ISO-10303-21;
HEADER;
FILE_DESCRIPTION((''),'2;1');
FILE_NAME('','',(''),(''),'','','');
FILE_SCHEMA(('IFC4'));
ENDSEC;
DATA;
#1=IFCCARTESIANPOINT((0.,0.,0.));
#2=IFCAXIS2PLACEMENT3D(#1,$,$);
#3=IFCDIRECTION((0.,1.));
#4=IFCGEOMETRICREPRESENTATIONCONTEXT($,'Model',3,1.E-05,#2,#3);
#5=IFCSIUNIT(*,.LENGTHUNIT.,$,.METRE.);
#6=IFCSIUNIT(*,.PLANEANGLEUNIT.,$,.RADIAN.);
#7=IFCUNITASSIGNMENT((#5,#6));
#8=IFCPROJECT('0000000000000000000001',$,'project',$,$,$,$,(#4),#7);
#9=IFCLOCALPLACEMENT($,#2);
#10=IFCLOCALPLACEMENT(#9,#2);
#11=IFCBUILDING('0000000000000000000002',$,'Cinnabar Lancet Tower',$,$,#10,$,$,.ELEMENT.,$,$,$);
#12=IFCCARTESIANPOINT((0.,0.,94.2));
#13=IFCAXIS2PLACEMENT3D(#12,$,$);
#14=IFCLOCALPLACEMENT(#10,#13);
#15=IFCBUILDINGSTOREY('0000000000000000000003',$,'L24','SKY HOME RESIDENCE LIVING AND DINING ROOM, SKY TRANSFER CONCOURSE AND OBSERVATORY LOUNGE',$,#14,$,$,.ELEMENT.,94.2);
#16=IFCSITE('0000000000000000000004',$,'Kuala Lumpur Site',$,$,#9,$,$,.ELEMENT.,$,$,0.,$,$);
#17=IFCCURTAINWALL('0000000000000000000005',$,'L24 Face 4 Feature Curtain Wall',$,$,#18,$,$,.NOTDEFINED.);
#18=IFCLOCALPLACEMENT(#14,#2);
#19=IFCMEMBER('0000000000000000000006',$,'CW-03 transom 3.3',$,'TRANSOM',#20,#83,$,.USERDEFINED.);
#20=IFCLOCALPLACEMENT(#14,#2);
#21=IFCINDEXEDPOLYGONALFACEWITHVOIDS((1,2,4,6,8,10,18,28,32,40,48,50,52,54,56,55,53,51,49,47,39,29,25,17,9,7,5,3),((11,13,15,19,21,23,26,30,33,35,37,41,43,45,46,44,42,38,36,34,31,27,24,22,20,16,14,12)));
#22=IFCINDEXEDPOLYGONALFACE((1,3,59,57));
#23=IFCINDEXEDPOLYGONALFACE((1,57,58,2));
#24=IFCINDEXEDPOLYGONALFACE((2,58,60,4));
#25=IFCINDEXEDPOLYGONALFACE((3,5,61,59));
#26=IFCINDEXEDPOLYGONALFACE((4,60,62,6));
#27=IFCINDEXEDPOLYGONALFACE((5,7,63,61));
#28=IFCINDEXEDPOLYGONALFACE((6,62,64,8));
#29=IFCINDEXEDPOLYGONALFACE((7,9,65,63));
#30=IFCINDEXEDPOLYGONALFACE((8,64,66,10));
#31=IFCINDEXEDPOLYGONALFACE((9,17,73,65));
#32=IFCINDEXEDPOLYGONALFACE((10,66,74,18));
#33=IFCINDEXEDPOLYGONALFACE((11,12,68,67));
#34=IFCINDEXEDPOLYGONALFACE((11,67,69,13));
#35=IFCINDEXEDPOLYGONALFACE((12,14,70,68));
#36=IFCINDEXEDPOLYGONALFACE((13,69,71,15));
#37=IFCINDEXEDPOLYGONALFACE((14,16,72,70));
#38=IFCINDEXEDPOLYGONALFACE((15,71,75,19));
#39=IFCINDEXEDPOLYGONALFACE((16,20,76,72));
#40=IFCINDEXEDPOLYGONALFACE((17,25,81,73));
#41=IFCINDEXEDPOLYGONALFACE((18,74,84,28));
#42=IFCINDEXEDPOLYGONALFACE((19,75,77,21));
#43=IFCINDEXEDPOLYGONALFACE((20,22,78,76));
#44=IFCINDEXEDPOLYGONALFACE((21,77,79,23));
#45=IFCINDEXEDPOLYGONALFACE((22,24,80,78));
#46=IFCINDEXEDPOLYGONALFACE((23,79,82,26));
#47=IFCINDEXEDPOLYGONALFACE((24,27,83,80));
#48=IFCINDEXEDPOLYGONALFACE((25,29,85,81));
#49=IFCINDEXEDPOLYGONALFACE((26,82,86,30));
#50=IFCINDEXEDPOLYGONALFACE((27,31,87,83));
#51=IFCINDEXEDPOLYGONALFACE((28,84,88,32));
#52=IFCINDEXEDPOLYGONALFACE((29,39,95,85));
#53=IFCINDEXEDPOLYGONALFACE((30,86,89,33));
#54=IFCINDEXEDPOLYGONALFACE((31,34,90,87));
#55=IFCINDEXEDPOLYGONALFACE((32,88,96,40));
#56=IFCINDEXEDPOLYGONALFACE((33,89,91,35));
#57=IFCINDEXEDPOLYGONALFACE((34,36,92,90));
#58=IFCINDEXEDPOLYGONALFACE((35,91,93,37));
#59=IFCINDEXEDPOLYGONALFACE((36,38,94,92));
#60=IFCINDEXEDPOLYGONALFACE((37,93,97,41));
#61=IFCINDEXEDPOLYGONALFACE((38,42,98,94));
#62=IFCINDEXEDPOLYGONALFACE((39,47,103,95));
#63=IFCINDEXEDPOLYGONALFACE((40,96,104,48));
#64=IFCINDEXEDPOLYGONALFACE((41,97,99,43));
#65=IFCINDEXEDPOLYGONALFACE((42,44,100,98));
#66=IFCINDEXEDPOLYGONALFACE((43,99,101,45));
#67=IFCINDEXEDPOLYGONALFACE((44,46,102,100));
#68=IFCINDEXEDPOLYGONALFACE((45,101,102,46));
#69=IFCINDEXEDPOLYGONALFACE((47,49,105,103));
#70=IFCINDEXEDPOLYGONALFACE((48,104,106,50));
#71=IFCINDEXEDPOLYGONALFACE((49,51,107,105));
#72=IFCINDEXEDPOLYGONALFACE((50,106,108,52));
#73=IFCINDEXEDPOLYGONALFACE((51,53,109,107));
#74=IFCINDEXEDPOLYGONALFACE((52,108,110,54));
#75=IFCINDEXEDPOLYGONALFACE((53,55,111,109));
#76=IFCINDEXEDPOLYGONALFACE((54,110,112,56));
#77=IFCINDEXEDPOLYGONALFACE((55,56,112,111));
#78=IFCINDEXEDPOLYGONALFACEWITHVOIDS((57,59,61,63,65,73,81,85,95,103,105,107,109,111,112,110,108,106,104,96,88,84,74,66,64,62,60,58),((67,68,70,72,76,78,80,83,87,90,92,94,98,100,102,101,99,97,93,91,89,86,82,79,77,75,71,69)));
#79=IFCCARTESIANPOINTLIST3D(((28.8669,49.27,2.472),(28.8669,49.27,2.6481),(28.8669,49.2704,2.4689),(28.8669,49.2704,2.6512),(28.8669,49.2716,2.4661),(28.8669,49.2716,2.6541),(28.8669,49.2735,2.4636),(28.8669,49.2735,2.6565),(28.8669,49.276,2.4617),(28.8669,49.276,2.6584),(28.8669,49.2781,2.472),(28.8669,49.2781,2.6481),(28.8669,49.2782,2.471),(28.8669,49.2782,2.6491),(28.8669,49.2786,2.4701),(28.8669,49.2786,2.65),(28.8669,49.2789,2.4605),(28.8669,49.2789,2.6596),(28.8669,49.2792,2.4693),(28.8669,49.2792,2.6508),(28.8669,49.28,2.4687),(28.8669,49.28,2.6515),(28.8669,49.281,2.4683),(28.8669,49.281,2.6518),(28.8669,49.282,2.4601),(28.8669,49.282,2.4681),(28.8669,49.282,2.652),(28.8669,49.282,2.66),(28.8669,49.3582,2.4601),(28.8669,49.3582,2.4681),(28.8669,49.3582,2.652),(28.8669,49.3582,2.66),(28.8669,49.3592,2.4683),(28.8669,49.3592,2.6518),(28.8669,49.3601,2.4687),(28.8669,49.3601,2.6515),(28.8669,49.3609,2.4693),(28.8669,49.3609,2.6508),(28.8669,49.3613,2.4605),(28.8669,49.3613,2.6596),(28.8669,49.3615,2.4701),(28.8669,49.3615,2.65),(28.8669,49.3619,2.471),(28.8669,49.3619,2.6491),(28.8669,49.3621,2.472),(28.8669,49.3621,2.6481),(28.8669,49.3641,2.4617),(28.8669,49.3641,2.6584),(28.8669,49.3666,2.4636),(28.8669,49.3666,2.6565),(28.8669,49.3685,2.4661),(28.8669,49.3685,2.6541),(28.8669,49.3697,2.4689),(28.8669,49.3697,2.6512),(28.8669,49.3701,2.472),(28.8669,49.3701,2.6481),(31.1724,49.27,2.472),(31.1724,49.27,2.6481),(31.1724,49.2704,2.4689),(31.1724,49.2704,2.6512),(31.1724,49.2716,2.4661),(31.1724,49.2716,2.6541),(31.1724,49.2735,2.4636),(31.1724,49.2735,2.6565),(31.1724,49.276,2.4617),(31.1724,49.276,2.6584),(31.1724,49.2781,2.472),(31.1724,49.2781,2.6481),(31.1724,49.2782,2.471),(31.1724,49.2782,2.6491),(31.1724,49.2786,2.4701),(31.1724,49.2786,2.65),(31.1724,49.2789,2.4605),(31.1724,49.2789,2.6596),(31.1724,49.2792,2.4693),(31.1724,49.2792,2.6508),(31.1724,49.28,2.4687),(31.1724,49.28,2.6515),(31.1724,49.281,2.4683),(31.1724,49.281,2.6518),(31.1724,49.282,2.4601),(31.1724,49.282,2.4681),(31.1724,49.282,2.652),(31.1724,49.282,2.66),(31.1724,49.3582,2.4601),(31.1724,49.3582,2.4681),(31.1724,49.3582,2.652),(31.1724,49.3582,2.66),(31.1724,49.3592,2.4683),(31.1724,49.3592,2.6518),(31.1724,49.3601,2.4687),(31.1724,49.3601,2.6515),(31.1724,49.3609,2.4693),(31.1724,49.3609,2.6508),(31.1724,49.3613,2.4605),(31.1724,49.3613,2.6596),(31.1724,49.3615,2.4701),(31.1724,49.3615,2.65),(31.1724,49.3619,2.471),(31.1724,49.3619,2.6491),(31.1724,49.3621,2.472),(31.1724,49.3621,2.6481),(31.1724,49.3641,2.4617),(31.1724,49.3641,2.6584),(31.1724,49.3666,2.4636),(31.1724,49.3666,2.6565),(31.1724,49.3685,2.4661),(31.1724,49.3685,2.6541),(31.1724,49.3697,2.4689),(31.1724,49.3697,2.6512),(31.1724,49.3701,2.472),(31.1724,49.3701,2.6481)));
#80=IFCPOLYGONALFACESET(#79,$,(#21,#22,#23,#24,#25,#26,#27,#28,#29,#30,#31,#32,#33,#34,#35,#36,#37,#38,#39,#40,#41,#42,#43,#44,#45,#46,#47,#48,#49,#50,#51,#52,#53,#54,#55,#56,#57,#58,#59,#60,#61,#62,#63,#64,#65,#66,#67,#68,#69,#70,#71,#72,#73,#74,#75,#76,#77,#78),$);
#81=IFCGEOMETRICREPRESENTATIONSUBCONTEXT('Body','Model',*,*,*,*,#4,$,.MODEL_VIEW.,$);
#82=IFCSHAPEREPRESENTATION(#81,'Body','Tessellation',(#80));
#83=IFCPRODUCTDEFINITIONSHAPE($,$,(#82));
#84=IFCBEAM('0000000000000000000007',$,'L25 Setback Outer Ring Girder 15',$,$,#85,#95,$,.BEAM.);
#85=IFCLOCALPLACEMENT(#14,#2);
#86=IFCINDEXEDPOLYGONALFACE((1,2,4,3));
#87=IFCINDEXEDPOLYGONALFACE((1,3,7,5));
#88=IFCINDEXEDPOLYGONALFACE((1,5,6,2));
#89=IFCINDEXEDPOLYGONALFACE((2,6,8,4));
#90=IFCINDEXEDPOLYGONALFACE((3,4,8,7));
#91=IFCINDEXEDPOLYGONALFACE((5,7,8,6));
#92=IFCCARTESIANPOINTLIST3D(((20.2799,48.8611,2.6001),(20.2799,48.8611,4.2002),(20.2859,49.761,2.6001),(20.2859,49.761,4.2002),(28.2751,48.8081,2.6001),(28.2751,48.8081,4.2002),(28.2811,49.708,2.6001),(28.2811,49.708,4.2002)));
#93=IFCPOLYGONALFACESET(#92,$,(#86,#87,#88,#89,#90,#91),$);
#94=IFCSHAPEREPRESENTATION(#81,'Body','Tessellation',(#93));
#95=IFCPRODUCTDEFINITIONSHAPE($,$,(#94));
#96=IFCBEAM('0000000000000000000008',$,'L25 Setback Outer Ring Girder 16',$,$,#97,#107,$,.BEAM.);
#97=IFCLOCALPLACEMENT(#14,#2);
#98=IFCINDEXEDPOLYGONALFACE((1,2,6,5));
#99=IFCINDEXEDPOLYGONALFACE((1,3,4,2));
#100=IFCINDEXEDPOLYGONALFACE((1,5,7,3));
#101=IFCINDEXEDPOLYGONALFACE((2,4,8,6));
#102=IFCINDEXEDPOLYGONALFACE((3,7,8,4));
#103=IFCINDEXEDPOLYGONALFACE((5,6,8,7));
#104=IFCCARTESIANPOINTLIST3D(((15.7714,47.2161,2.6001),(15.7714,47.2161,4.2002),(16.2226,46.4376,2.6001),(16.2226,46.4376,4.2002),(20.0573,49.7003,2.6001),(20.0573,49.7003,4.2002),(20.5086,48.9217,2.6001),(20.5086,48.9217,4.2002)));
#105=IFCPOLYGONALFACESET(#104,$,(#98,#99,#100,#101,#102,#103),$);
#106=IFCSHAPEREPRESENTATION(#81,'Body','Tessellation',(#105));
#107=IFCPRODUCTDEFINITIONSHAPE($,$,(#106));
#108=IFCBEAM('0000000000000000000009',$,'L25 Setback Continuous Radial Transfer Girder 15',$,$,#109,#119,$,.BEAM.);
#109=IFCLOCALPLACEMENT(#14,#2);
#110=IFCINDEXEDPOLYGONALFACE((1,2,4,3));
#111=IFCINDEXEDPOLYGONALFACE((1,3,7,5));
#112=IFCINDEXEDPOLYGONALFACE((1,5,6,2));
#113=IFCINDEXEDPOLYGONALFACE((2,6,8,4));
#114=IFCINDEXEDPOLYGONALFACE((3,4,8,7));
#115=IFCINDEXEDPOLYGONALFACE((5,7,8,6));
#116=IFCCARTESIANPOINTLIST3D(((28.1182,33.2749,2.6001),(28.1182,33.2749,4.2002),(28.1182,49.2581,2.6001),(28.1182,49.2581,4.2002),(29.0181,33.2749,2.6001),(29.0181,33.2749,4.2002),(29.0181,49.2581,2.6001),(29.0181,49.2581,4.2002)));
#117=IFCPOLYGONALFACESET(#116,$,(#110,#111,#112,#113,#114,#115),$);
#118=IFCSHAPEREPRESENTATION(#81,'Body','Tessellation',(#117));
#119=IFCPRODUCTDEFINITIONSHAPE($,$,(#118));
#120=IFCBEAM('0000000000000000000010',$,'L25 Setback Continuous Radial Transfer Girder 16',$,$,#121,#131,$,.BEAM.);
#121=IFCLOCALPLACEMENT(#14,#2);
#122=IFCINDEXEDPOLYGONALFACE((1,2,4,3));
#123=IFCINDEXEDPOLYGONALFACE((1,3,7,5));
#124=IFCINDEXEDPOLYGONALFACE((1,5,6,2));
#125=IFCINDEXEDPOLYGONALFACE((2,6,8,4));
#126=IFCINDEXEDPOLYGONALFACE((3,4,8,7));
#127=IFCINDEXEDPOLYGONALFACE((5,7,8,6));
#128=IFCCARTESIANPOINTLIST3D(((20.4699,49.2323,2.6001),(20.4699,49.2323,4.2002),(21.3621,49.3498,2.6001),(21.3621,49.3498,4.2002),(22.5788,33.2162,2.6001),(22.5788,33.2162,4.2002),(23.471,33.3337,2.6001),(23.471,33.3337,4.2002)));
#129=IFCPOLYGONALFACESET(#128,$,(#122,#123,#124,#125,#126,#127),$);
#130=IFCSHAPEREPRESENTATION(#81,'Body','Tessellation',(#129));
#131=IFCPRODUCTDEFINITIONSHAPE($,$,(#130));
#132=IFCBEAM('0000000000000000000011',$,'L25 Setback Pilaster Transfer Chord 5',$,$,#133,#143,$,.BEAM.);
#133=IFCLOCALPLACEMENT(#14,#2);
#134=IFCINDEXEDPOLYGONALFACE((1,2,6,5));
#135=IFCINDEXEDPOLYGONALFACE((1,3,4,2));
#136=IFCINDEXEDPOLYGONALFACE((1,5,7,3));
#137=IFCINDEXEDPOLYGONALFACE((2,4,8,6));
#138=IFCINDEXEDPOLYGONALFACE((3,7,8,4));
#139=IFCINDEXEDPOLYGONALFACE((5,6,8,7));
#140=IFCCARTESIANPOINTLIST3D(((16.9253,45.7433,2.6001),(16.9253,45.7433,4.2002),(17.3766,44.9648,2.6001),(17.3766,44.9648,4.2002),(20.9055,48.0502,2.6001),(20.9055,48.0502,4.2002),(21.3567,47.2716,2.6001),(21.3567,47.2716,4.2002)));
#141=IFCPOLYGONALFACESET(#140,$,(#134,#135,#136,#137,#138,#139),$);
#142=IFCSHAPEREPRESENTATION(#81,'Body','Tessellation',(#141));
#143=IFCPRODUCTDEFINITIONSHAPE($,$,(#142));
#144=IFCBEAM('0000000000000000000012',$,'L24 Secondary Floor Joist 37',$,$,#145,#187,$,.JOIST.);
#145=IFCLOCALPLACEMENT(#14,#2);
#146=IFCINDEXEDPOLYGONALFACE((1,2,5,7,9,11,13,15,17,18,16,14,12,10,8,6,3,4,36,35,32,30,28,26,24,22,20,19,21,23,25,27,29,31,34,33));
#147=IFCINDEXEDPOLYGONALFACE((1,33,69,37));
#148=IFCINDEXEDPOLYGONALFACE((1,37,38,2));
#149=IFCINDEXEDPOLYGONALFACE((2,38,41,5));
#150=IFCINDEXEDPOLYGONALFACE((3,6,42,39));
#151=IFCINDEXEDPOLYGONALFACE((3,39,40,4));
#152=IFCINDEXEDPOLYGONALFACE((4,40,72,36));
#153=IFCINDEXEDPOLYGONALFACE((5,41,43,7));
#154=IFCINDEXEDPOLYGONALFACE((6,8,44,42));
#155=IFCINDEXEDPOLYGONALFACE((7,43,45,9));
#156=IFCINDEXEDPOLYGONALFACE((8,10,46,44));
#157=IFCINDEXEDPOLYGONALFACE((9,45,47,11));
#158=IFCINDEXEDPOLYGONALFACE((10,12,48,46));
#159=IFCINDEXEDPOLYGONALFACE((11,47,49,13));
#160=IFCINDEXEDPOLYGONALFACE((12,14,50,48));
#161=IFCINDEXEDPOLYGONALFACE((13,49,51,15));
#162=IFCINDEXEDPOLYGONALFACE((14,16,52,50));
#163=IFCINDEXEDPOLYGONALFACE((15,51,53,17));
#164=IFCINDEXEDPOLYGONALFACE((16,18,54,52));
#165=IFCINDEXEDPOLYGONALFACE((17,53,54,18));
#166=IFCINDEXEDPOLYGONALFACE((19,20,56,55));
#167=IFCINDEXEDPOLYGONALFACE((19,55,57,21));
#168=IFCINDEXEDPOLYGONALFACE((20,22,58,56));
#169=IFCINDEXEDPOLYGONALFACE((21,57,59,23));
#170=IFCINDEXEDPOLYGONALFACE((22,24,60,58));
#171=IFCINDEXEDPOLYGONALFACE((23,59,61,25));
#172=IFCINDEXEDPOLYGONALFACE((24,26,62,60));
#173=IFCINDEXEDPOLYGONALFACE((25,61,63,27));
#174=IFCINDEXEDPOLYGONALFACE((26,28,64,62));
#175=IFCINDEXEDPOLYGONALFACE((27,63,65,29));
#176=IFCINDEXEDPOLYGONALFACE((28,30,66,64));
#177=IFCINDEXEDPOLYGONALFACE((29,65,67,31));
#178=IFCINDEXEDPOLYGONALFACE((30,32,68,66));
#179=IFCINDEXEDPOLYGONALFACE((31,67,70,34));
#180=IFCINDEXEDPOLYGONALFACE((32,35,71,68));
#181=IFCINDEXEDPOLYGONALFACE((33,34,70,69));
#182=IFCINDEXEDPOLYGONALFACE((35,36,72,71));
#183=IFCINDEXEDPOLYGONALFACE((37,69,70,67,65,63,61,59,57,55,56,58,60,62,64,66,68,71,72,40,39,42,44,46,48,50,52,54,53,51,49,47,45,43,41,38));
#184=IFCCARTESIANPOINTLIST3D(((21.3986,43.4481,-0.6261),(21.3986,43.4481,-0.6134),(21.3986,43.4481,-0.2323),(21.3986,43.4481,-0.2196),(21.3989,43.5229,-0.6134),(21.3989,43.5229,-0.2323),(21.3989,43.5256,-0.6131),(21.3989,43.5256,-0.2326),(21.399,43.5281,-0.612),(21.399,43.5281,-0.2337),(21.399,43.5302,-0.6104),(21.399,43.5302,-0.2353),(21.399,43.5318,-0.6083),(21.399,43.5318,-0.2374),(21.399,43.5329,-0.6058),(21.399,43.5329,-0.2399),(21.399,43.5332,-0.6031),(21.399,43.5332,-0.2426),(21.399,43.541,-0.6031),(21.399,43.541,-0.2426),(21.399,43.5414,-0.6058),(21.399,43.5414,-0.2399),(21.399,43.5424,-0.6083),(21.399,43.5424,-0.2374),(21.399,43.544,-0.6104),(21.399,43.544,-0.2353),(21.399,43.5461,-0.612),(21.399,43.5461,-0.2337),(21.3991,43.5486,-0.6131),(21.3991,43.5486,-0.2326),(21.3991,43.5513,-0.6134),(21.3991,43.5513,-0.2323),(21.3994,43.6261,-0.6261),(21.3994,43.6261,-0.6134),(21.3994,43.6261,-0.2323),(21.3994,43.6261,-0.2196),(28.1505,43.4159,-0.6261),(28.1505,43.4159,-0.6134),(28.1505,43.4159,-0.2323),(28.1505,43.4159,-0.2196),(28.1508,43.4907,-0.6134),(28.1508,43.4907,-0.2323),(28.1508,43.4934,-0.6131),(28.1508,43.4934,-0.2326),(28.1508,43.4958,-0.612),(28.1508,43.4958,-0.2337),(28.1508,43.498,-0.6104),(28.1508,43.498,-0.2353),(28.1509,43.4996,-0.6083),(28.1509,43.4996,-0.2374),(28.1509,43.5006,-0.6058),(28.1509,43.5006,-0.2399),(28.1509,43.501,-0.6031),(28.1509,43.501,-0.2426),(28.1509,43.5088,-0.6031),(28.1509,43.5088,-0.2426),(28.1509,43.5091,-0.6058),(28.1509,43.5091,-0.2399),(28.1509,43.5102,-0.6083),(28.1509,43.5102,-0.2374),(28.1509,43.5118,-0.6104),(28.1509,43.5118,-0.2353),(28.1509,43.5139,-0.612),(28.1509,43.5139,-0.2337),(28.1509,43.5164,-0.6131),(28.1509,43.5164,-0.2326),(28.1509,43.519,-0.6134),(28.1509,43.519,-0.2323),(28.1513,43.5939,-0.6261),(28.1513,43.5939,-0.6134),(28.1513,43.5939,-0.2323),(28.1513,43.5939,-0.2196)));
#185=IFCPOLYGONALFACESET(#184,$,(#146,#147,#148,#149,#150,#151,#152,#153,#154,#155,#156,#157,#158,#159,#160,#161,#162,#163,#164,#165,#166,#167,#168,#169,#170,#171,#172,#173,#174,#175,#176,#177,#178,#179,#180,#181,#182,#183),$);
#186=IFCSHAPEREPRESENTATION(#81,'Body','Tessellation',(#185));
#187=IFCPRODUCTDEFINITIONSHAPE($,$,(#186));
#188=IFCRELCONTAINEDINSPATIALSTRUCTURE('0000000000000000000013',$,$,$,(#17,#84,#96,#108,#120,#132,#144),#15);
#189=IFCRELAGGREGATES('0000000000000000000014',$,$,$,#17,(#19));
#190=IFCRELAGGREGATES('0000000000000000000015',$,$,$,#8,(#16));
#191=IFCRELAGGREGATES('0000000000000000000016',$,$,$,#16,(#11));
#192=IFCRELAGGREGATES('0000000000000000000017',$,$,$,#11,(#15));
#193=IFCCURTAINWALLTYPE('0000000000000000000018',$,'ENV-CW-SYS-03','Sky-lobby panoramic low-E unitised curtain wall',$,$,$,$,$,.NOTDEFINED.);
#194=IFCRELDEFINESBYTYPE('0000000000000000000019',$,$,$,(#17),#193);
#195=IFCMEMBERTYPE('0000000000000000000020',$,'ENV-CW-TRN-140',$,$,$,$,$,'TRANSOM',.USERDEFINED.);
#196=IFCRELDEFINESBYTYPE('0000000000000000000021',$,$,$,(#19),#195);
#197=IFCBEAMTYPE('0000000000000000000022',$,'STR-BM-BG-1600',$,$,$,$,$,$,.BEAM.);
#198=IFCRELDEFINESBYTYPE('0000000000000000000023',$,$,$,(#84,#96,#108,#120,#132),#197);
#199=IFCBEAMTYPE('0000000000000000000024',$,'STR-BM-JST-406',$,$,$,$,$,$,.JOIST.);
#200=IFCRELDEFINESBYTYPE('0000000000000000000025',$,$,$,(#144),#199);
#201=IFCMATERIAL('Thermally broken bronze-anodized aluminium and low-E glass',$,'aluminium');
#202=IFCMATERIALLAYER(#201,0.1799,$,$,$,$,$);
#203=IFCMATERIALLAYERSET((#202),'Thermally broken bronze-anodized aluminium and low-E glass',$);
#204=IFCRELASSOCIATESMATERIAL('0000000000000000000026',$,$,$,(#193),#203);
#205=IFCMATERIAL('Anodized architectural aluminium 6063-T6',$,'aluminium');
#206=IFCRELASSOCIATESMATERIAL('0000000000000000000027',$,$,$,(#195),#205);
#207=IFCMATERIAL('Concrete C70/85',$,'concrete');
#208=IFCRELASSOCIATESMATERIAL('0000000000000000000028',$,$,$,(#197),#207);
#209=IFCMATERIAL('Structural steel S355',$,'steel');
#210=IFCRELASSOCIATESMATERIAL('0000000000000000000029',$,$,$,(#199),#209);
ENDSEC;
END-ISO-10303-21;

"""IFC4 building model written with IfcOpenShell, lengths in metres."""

from ifc_helpers import new_model, si_unit, direction, frame, origin, origin_2d, place, context, subcontext, project, spatial, rectangle, hollow_rectangle, i_section, extrude, material, layer, layer_set, material_profile, profile_set, type_object, element, aggregate, save


model = new_model("IFC4")

# Units and contexts
model_context = context("Model", 3, precision=1e-05, world=origin(), true_north=direction((0.0, 1.0)))
body_context = subcontext(model_context, "Body", "Model", "MODEL_VIEW")
ifc_project = project(units=[si_unit("LENGTHUNIT", "METRE"), si_unit("PLANEANGLEUNIT", "RADIAN")], contexts=[model_context])

# Site, building, storey
site_placement = place(None, origin())
site = spatial("IfcSite", under=ifc_project, at=site_placement, Name="Kuala Lumpur Site", CompositionType="ELEMENT", RefElevation=0.0)
building_placement = place(site_placement, origin())
building = spatial("IfcBuilding", under=site, at=building_placement, Name="Cinnabar Lancet Tower", CompositionType="ELEMENT")
storey_placement = place(building_placement, frame((0.0, 0.0, 94.2)))
storey = spatial("IfcBuildingStorey", under=building, at=storey_placement, Name="L24", Description="SKY HOME RESIDENCE LIVING AND DINING ROOM, SKY TRANSFER CONCOURSE AND OBSERVATORY LOUNGE", CompositionType="ELEMENT", Elevation=94.2)

# Curtain wall, member
ifc_material_1 = material(Name="Thermally broken bronze-anodized aluminium and low-E glass", Category="aluminium")
ifc_layer_1 = layer(ifc_material_1, 0.1799)
ifc_layer_set_1 = layer_set([ifc_layer_1], Name="Thermally broken bronze-anodized aluminium and low-E glass")
curtain_wall_type = type_object("IfcCurtainWallType", Name="ENV-CW-SYS-03", Description="Sky-lobby panoramic low-E unitised curtain wall", PredefinedType="NOTDEFINED", material=ifc_layer_set_1)
curtain_wall_placement = place(storey_placement, origin())
curtain_wall = element("IfcCurtainWall", 1, at=curtain_wall_placement, inside=storey, type_object=curtain_wall_type, Name="L24 Face 4 Feature Curtain Wall", PredefinedType="NOTDEFINED")
ifc_material_2 = material(Name="Anodized architectural aluminium 6063-T6", Category="aluminium")
ifc_material_profile_1 = material_profile(ifc_material_2, hollow_rectangle(XDim=0.1001, YDim=0.2, WallThickness=0.0081, InnerFilletRadius=0.0039, OuterFilletRadius=0.012, at=origin_2d()), Name="RHS 200x100x8")
ifc_profile_set_1 = profile_set([ifc_material_profile_1], Name="Anodized architectural aluminium 6063-T6")
member_type_1 = type_object("IfcMemberType", Name="ENV-CW-TRN-140", ElementType="TRANSOM", PredefinedType="USERDEFINED", material=ifc_profile_set_1)
member_1_placement = place(storey_placement, frame((31.1724, 49.3201, 2.5601), z_axis=(-1.0, 0.0, 0.0), x_axis=(0.0, -1.0, 0.0)))
member_1 = element("IfcMember", 2, at=member_1_placement, type_object=member_type_1, Name="CW-03 transom 3.3", ObjectType="TRANSOM", PredefinedType="USERDEFINED", context=body_context, shape_type="SweptSolid", body=[
    extrude(hollow_rectangle(XDim=0.1001, YDim=0.2, WallThickness=0.0081, InnerFilletRadius=0.0039, OuterFilletRadius=0.012, at=origin_2d()), origin(), (0.0, 0.0, 1.0), 2.3054),
])

# Beams
ifc_material_3 = material(Name="Concrete C70/85", Category="concrete")
ifc_material_profile_2 = material_profile(ifc_material_3, rectangle(XDim=0.8999, YDim=1.6001, at=origin_2d()), Name="RC-BG 900x1600")
ifc_profile_set_2 = profile_set([ifc_material_profile_2], Name="Concrete C70/85")
beam_type_1 = type_object("IfcBeamType", Name="STR-BM-BG-1600", PredefinedType="BEAM", material=ifc_profile_set_2)
beam_1_placement = place(storey_placement, frame((28.2781, 49.2581, 3.4001), z_axis=(-0.999978, 0.006626, 0.0), x_axis=(-0.006626, -0.999978, 0.0)))
element("IfcBeam", 3, at=beam_1_placement, inside=storey, type_object=beam_type_1, Name="L25 Setback Outer Ring Girder 15", PredefinedType="BEAM", context=body_context, shape_type="SweptSolid", body=[
    extrude(rectangle(XDim=0.8999, YDim=1.6001, at=origin_2d()), origin(), (0.0, 0.0, 1.0), 7.9954),
])
beam_2_placement = place(storey_placement, frame((20.283, 49.311, 3.4001), z_axis=(-0.865179, -0.501464, 0.0), x_axis=(0.501464, -0.865179, 0.0)))
element("IfcBeam", 4, at=beam_2_placement, inside=storey, type_object=beam_type_1, Name="L25 Setback Outer Ring Girder 16", PredefinedType="BEAM", context=body_context, shape_type="SweptSolid", body=[
    extrude(rectangle(XDim=0.8999, YDim=1.6001, at=origin_2d()), origin(), (0.0, 0.0, 1.0), 4.9539),
])
beam_3_placement = place(storey_placement, frame((28.5681, 49.2581, 3.4001), z_axis=(0.0, -1.0, 0.0), x_axis=(1.0, 0.0, 0.0)))
element("IfcBeam", 5, at=beam_3_placement, inside=storey, type_object=beam_type_1, Name="L25 Setback Continuous Radial Transfer Girder 15", PredefinedType="BEAM", context=body_context, shape_type="SweptSolid", body=[
    extrude(rectangle(XDim=0.8999, YDim=1.6001, at=origin_2d()), origin(), (0.0, 0.0, 1.0), 15.9832),
])
beam_4_placement = place(storey_placement, frame((20.916, 49.291, 3.4001), z_axis=(0.130546, -0.991442, 0.0), x_axis=(0.991442, 0.130546, 0.0)))
element("IfcBeam", 6, at=beam_4_placement, inside=storey, type_object=beam_type_1, Name="L25 Setback Continuous Radial Transfer Girder 16", PredefinedType="BEAM", context=body_context, shape_type="SweptSolid", body=[
    extrude(rectangle(XDim=0.8999, YDim=1.6001, at=origin_2d()), origin(), (0.0, 0.0, 1.0), 16.1543),
])
beam_5_placement = place(storey_placement, frame((21.1311, 47.6609, 3.4001), z_axis=(-0.865186, -0.50145, 0.0), x_axis=(0.50145, -0.865186, 0.0)))
element("IfcBeam", 7, at=beam_5_placement, inside=storey, type_object=beam_type_1, Name="L25 Setback Pilaster Transfer Chord 5", PredefinedType="BEAM", context=body_context, shape_type="SweptSolid", body=[
    extrude(rectangle(XDim=0.8999, YDim=1.6001, at=origin_2d()), origin(), (0.0, 0.0, 1.0), 4.6003),
])
ifc_material_4 = material(Name="Structural steel S355", Category="steel")
ifc_material_profile_3 = material_profile(ifc_material_4, i_section(OverallWidth=0.178, OverallDepth=0.4065, WebThickness=0.0078, FlangeThickness=0.0127, FilletRadius=0.0103, at=origin_2d()), Name="UKB 406x178x60")
ifc_profile_set_3 = profile_set([ifc_material_profile_3], Name="Structural steel S355")
beam_type_2 = type_object("IfcBeamType", Name="STR-BM-JST-406", PredefinedType="JOIST", material=ifc_profile_set_3)
beam_6_placement = place(storey_placement, frame((28.1509, 43.5049, -0.4229), z_axis=(-0.999989, 0.004773, 0.0), x_axis=(-0.004773, -0.999989, 0.0)))
element("IfcBeam", 8, at=beam_6_placement, inside=storey, type_object=beam_type_2, Name="L24 Secondary Floor Joist 37", PredefinedType="JOIST", context=body_context, shape_type="SweptSolid", body=[
    extrude(i_section(OverallWidth=0.178, OverallDepth=0.4065, WebThickness=0.0078, FlangeThickness=0.0127, FilletRadius=0.0103, at=origin_2d()), origin(), (0.0, 0.0, 1.0), 6.752),
])

aggregate(curtain_wall, [member_1])

save(model, "model.ifc")
